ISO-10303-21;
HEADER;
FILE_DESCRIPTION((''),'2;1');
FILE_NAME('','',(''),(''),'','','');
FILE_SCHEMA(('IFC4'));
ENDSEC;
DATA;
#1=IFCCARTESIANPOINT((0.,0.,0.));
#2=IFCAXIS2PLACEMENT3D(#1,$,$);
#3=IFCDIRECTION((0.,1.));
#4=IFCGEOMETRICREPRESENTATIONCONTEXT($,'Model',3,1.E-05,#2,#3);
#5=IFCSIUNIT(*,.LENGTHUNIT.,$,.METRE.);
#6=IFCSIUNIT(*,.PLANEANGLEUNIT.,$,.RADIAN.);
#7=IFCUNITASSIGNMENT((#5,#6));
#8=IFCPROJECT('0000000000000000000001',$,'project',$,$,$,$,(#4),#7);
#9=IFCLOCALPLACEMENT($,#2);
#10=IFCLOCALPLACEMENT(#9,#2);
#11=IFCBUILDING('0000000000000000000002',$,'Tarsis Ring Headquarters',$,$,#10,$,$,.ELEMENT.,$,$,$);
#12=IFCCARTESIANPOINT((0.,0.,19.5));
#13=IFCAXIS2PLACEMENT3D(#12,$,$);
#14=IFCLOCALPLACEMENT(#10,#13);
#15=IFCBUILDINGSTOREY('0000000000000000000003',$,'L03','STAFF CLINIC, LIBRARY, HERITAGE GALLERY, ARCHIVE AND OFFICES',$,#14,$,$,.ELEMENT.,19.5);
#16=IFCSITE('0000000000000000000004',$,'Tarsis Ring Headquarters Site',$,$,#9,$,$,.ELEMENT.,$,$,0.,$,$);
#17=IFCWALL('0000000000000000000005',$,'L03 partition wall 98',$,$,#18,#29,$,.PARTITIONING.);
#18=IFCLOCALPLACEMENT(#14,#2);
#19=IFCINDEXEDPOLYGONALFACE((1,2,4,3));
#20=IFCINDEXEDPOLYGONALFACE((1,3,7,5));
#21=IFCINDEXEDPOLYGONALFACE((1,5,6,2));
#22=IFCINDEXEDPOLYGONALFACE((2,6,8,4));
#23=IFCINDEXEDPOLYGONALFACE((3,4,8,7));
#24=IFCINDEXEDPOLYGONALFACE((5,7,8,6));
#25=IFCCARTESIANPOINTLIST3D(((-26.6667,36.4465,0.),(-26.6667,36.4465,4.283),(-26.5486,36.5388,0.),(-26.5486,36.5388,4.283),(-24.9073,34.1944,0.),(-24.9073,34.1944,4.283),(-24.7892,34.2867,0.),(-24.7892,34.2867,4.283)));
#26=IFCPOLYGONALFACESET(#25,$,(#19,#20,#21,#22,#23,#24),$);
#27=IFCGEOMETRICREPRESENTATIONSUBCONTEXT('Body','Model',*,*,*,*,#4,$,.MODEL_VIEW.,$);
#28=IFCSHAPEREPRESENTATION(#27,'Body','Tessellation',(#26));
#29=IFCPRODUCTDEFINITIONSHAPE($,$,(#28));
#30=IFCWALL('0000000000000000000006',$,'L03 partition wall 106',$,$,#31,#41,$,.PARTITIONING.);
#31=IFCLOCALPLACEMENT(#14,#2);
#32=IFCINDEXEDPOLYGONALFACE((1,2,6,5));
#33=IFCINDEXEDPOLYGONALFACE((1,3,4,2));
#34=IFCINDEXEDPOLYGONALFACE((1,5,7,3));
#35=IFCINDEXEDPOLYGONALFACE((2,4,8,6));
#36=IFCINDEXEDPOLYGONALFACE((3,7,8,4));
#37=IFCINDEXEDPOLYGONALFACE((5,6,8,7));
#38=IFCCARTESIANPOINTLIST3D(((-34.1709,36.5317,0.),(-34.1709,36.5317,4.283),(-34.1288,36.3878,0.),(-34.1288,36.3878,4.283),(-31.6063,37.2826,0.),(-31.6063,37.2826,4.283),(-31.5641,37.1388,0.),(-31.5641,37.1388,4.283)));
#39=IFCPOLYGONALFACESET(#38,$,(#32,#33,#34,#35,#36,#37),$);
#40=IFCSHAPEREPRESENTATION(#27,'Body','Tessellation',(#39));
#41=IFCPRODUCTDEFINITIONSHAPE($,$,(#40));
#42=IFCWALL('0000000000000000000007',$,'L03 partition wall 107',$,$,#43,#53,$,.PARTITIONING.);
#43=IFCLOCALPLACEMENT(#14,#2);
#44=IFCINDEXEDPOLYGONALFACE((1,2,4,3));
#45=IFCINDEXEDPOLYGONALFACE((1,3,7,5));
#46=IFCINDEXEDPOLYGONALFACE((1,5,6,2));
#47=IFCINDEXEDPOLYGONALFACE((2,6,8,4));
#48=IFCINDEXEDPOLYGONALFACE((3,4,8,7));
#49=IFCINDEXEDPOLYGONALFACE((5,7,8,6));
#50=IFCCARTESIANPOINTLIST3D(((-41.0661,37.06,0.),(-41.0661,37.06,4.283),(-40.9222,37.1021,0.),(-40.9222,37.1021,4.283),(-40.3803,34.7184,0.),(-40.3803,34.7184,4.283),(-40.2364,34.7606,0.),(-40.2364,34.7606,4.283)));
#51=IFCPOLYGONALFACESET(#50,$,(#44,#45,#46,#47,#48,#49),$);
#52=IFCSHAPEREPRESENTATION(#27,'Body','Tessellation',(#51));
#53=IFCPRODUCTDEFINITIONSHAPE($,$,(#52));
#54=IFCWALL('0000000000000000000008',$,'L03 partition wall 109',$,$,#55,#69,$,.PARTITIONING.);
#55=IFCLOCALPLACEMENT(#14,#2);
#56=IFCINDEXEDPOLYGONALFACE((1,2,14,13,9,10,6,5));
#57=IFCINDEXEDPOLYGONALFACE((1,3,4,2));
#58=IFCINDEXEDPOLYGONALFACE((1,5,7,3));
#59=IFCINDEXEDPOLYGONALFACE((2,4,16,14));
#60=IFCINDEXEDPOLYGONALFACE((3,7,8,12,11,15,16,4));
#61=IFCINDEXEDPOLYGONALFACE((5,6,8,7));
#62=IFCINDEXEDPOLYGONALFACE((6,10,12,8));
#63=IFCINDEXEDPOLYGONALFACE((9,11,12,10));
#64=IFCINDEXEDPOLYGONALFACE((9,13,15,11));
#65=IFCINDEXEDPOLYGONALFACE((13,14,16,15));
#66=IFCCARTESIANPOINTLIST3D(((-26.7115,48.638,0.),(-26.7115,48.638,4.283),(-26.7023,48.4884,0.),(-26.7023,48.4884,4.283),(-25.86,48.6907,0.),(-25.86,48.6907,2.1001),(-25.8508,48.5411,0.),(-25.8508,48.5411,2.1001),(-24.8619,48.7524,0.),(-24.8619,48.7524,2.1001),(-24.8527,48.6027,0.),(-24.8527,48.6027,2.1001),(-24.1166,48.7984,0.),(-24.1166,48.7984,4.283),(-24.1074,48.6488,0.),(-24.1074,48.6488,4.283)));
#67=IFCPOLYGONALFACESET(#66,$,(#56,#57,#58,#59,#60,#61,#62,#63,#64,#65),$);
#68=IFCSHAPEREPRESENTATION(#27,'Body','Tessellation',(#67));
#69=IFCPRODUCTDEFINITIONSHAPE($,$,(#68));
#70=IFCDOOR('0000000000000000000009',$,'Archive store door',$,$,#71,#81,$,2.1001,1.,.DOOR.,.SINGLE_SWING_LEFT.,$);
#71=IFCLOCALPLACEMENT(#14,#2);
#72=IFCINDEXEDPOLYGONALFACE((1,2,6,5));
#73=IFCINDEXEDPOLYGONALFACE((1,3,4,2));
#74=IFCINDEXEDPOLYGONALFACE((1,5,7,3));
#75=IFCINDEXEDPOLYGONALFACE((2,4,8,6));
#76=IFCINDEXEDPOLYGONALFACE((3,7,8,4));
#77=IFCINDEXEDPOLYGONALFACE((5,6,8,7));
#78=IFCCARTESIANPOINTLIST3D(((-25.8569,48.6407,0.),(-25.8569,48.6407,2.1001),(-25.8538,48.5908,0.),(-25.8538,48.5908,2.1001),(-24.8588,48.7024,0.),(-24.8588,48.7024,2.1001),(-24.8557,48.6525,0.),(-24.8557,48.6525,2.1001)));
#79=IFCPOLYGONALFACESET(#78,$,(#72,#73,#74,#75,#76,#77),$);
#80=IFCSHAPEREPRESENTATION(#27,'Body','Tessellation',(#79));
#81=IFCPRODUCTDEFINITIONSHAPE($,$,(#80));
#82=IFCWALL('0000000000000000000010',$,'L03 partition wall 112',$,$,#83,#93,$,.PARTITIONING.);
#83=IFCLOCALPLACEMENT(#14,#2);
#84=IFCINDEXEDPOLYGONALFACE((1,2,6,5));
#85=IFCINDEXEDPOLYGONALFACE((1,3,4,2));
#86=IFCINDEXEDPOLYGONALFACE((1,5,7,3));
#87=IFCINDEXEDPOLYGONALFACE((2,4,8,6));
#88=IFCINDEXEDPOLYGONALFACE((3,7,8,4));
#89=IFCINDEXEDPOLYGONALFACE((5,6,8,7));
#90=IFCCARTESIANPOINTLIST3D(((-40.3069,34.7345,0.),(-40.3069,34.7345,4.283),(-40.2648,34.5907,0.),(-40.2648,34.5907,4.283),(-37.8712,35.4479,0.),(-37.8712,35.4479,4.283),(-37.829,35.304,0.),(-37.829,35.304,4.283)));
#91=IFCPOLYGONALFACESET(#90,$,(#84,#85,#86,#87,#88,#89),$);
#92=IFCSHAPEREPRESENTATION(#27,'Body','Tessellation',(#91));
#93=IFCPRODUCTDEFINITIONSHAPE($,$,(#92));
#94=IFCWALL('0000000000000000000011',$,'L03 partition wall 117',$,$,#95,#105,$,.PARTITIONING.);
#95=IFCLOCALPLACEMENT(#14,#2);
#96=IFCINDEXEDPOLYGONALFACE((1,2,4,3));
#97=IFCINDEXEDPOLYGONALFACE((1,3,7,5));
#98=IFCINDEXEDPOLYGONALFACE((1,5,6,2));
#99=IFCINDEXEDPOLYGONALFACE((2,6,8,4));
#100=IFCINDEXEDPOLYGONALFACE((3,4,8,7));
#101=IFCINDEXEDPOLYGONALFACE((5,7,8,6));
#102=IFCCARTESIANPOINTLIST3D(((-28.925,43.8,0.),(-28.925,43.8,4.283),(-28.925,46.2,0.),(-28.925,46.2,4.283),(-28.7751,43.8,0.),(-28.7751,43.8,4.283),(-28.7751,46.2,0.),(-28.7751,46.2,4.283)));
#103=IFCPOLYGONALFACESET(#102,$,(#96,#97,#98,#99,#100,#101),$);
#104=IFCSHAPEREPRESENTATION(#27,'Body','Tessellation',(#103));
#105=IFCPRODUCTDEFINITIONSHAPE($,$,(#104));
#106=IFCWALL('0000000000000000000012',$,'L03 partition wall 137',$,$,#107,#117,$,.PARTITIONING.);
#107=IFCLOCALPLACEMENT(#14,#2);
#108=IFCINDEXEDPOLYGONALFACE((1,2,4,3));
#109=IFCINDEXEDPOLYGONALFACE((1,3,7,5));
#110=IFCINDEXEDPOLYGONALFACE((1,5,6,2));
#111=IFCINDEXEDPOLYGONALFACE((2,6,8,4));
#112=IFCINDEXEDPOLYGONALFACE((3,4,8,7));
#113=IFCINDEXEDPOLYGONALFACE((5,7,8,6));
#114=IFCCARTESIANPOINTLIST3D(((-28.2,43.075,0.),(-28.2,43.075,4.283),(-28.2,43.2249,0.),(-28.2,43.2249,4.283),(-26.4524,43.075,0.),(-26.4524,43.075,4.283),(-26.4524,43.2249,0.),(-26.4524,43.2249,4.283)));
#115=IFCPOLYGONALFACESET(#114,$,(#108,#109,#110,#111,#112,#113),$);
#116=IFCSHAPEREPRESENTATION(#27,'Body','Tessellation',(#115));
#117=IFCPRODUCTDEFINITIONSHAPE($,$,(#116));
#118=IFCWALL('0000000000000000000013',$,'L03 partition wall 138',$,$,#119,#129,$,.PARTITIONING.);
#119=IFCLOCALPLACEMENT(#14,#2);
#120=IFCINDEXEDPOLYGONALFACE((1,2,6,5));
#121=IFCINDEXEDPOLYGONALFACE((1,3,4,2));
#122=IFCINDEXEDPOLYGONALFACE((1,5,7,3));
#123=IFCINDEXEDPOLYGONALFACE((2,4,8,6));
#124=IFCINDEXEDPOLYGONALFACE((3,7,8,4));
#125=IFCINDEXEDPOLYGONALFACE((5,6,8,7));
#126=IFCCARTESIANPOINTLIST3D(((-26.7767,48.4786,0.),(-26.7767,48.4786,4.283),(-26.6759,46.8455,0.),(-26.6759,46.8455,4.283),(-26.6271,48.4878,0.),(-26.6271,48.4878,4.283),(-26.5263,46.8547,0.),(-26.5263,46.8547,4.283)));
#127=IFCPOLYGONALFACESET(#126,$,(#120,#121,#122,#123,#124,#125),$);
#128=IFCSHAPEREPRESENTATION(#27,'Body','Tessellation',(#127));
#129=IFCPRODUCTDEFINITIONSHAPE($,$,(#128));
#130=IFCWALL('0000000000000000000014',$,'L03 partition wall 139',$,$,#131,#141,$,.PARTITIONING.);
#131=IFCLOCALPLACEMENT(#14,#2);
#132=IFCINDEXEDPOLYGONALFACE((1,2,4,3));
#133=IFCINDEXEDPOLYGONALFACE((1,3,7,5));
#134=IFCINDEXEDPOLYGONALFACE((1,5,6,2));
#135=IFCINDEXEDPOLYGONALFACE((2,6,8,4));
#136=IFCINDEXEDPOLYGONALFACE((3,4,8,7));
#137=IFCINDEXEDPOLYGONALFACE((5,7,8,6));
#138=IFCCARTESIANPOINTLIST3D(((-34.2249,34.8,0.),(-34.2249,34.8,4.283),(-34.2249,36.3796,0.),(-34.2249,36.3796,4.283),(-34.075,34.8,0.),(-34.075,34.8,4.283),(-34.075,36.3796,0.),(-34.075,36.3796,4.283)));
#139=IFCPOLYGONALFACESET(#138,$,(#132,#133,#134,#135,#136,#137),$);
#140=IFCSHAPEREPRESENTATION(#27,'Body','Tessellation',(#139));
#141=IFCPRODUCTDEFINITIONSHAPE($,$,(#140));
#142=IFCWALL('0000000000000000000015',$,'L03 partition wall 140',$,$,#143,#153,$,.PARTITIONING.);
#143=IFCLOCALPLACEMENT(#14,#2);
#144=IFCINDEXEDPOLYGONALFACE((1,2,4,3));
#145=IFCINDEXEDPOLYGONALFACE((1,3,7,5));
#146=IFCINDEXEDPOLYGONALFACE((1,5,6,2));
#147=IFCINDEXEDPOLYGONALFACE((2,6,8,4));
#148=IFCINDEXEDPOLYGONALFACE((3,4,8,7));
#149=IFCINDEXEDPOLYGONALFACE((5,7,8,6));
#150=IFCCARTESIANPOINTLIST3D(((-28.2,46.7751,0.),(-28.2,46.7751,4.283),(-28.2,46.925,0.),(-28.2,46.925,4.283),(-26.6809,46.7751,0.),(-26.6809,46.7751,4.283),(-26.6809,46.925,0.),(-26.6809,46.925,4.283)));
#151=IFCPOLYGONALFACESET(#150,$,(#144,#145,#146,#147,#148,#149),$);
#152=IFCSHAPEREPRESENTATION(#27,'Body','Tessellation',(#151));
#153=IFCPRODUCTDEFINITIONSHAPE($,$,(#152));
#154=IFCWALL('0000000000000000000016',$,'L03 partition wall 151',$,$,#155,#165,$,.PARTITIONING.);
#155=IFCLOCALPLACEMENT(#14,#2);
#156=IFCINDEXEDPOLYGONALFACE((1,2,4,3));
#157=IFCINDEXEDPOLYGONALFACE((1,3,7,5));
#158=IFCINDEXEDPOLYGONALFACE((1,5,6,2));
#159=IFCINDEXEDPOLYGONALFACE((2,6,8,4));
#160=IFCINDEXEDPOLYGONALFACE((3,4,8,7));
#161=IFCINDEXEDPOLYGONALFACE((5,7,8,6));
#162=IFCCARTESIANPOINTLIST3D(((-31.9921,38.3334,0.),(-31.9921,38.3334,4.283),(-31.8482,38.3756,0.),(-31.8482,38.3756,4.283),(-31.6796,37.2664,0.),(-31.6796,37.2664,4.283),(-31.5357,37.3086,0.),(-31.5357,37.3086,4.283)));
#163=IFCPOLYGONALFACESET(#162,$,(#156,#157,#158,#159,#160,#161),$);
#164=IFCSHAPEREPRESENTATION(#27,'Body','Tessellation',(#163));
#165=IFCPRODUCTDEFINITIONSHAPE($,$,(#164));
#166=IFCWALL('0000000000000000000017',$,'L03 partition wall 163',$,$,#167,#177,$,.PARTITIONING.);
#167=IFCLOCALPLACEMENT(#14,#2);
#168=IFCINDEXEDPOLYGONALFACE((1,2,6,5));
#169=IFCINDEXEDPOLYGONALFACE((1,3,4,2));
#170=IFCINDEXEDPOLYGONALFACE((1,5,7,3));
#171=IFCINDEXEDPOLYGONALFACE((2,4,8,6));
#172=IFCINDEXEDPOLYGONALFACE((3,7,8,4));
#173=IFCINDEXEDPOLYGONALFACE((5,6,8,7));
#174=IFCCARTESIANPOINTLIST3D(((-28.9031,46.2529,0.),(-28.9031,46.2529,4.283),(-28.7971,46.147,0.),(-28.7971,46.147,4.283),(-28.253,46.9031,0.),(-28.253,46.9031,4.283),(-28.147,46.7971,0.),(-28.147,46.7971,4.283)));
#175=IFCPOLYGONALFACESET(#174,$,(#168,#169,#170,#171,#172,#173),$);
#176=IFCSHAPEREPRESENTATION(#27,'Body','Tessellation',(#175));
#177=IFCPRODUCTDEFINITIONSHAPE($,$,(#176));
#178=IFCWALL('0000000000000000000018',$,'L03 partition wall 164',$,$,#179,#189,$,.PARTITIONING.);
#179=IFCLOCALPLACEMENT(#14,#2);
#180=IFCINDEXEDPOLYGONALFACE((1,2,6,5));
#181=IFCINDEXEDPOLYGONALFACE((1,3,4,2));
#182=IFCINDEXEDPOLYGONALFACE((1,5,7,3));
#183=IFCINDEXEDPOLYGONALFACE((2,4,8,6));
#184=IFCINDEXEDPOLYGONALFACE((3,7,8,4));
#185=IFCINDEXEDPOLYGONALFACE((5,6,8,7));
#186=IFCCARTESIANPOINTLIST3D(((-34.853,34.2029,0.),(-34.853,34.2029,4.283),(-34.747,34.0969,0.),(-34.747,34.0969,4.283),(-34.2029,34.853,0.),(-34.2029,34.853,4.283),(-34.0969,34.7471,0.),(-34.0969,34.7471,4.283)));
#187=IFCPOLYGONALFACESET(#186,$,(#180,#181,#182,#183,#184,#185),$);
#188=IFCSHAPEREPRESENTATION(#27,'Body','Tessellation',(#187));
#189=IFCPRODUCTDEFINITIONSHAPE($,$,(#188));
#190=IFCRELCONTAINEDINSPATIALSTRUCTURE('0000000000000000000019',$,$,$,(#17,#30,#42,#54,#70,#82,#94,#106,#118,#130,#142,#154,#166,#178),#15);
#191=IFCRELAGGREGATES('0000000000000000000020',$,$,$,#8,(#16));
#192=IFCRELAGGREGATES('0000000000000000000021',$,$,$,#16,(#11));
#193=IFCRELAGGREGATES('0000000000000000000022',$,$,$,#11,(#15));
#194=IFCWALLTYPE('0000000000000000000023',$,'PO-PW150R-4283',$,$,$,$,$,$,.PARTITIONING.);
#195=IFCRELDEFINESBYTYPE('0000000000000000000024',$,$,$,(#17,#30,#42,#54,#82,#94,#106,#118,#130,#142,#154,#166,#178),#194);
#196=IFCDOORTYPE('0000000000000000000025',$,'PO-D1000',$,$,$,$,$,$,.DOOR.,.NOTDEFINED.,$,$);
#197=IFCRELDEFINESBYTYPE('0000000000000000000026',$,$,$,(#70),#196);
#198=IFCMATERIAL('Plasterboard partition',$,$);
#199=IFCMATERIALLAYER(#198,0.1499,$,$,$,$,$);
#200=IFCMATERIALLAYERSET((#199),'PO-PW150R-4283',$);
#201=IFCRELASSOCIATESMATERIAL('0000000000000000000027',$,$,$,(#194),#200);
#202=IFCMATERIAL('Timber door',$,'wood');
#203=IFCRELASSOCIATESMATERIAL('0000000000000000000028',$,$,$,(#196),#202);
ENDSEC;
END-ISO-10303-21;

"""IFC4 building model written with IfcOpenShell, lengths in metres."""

from ifc_helpers import new_model, si_unit, direction, frame, frame_2d, origin, place, context, subcontext, project, spatial, rectangle, extrude, material, layer, layer_set, type_object, element, fill, save


model = new_model("IFC4")

# Units and contexts
model_context = context("Model", 3, precision=1e-05, world=origin(), true_north=direction((0.0, 1.0)))
body_context = subcontext(model_context, "Body", "Model", "MODEL_VIEW")
ifc_project = project(units=[si_unit("LENGTHUNIT", "METRE"), si_unit("PLANEANGLEUNIT", "RADIAN")], contexts=[model_context])

# Site, building, storey
site_placement = place(None, origin())
site = spatial("IfcSite", under=ifc_project, at=site_placement, Name="Tarsis Ring Headquarters Site", CompositionType="ELEMENT", RefElevation=0.0)
building_placement = place(site_placement, origin())
building = spatial("IfcBuilding", under=site, at=building_placement, Name="Tarsis Ring Headquarters", CompositionType="ELEMENT")
storey_placement = place(building_placement, frame((0.0, 0.0, 19.5)))
storey = spatial("IfcBuildingStorey", under=building, at=storey_placement, Name="L03", Description="STAFF CLINIC, LIBRARY, HERITAGE GALLERY, ARCHIVE AND OFFICES", CompositionType="ELEMENT", Elevation=19.5)

# Shared definitions
ifc_material_1 = material(Name="Plasterboard partition")
ifc_material_2 = material(Name="Timber door", Category="wood")

# Shared definitions
ifc_layer_1 = layer(ifc_material_1, 0.1499)
ifc_layer_set_1 = layer_set([ifc_layer_1], Name="PO-PW150R-4283")
wall_type_1 = type_object("IfcWallType", Name="PO-PW150R-4283", PredefinedType="PARTITIONING", material=ifc_layer_set_1)

# Walls
wall_1_placement = place(storey_placement, frame((-26.6077, 36.4927, 0.0), z_axis=(0.0, 0.0, 1.0), x_axis=(0.615642, -0.788026, 0.0)))
element("IfcWall", 1, at=wall_1_placement, inside=storey, type_object=wall_type_1, Name="L03 partition wall 98", PredefinedType="PARTITIONING", context=body_context, shape_type="SweptSolid", body=[
    extrude(rectangle(XDim=2.8579, YDim=0.1499, at=frame_2d((1.429, 0.0))), origin(), (0.0, 0.0, 1.0), 4.283),
])
wall_2_placement = place(storey_placement, frame((-31.5852, 37.2107, 0.0), z_axis=(0.0, 0.0, 1.0), x_axis=(-0.959704, -0.281014, 0.0)))
element("IfcWall", 2, at=wall_2_placement, inside=storey, type_object=wall_type_1, Name="L03 partition wall 106", PredefinedType="PARTITIONING", context=body_context, shape_type="SweptSolid", body=[
    extrude(rectangle(XDim=2.6724, YDim=0.1499, at=frame_2d((1.3362, 0.0))), origin(), (0.0, 0.0, 1.0), 4.283),
])
wall_3_placement = place(storey_placement, frame((-40.3083, 34.7395, 0.0), z_axis=(0.0, 0.0, 1.0), x_axis=(-0.281072, 0.959687, 0.0)))
element("IfcWall", 3, at=wall_3_placement, inside=storey, type_object=wall_type_1, Name="L03 partition wall 107", PredefinedType="PARTITIONING", context=body_context, shape_type="SweptSolid", body=[
    extrude(rectangle(XDim=2.4399, YDim=0.1499, at=frame_2d((1.22, 0.0))), origin(), (0.0, 0.0, 1.0), 4.283),
])

# Wall, opening, door
wall_4_placement = place(storey_placement, frame((-26.7068, 48.5632, 0.0), z_axis=(0.0, 0.0, 1.0), x_axis=(0.998095, 0.061694, 0.0)))
wall_4 = element("IfcWall", 4, at=wall_4_placement, inside=storey, type_object=wall_type_1, Name="L03 partition wall 109", PredefinedType="PARTITIONING", context=body_context, shape_type="SweptSolid", body=[
    extrude(rectangle(XDim=2.5999, YDim=0.1499, at=frame_2d((1.2998, 0.0))), origin(), (0.0, 0.0, 1.0), 4.283),
])
opening_1_placement = place(wall_4_placement, frame((0.853, 0.0, 0.0)))
opening_1 = element("IfcOpeningElement", 5, at=opening_1_placement, cuts=wall_4, PredefinedType="OPENING", context=body_context, shape_type="SweptSolid", body=[
    extrude(rectangle(XDim=1.0, YDim=2.1001, at=frame_2d((0.5, 1.05))), frame((0.0, 0.085, 0.0), z_axis=(0.0, -1.0, 0.0), x_axis=(1.0, 0.0, 0.0)), (0.0, 0.0, 1.0), 0.1699),
])
door_type_1 = type_object("IfcDoorType", Name="PO-D1000", OperationType="NOTDEFINED", PredefinedType="DOOR", material=ifc_material_2)
door_1_placement = place(opening_1_placement, origin())
door_1 = element("IfcDoor", 6, at=door_1_placement, inside=storey, type_object=door_type_1, Name="Archive store door", OperationType="SINGLE_SWING_LEFT", OverallHeight=2.1001, OverallWidth=1.0, PredefinedType="DOOR", context=body_context, shape_type="SweptSolid", body=[
    extrude(rectangle(XDim=1.0, YDim=2.1001, at=frame_2d((0.5, 1.05))), frame((0.0, 0.0249, 0.0), z_axis=(0.0, -1.0, 0.0), x_axis=(1.0, 0.0, 0.0)), (0.0, 0.0, 1.0), 0.05),
])
fill(opening_1, door_1)

# Walls
wall_5_placement = place(storey_placement, frame((-37.8501, 35.376, 0.0), z_axis=(0.0, 0.0, 1.0), x_axis=(-0.959688, -0.281067, 0.0)))
element("IfcWall", 7, at=wall_5_placement, inside=storey, type_object=wall_type_1, Name="L03 partition wall 112", PredefinedType="PARTITIONING", context=body_context, shape_type="SweptSolid", body=[
    extrude(rectangle(XDim=2.5381, YDim=0.1499, at=frame_2d((1.269, 0.0))), origin(), (0.0, 0.0, 1.0), 4.283),
])
wall_6_placement = place(storey_placement, frame((-28.8501, 43.8, 0.0), z_axis=(0.0, 0.0, 1.0), x_axis=(0.0, 1.0, 0.0)))
element("IfcWall", 8, at=wall_6_placement, inside=storey, type_object=wall_type_1, Name="L03 partition wall 117", PredefinedType="PARTITIONING", context=body_context, shape_type="SweptSolid", body=[
    extrude(rectangle(XDim=2.3999, YDim=0.1499, at=frame_2d((1.2, 0.0))), origin(), (0.0, 0.0, 1.0), 4.283),
])
wall_7_placement = place(storey_placement, frame((-26.4524, 43.1499, 0.0), z_axis=(0.0, 0.0, 1.0), x_axis=(-1.0, 0.0, 0.0)))
element("IfcWall", 9, at=wall_7_placement, inside=storey, type_object=wall_type_1, Name="L03 partition wall 137", PredefinedType="PARTITIONING", context=body_context, shape_type="SweptSolid", body=[
    extrude(rectangle(XDim=1.7476, YDim=0.1499, at=frame_2d((0.8738, 0.0))), origin(), (0.0, 0.0, 1.0), 4.283),
])
wall_8_placement = place(storey_placement, frame((-26.6011, 46.8501, 0.0), z_axis=(0.0, 0.0, 1.0), x_axis=(-0.061626, 0.998099, 0.0)))
element("IfcWall", 10, at=wall_8_placement, inside=storey, type_object=wall_type_1, Name="L03 partition wall 138", PredefinedType="PARTITIONING", context=body_context, shape_type="SweptSolid", body=[
    extrude(rectangle(XDim=1.6362, YDim=0.1499, at=frame_2d((0.8181, 0.0))), origin(), (0.0, 0.0, 1.0), 4.283),
])
wall_9_placement = place(storey_placement, frame((-34.1499, 36.3796, 0.0), z_axis=(0.0, 0.0, 1.0), x_axis=(0.0, -1.0, 0.0)))
element("IfcWall", 11, at=wall_9_placement, inside=storey, type_object=wall_type_1, Name="L03 partition wall 139", PredefinedType="PARTITIONING", context=body_context, shape_type="SweptSolid", body=[
    extrude(rectangle(XDim=1.5796, YDim=0.1499, at=frame_2d((0.7898, 0.0))), origin(), (0.0, 0.0, 1.0), 4.283),
])
wall_10_placement = place(storey_placement, frame((-28.2, 46.8501, 0.0), z_axis=(0.0, 0.0, 1.0), x_axis=(1.0, 0.0, 0.0)))
element("IfcWall", 12, at=wall_10_placement, inside=storey, type_object=wall_type_1, Name="L03 partition wall 140", PredefinedType="PARTITIONING", context=body_context, shape_type="SweptSolid", body=[
    extrude(rectangle(XDim=1.519, YDim=0.1499, at=frame_2d((0.7595, 0.0))), origin(), (0.0, 0.0, 1.0), 4.283),
])
wall_11_placement = place(storey_placement, frame((-31.9202, 38.3545, 0.0), z_axis=(0.0, 0.0, 1.0), x_axis=(0.281096, -0.95968, 0.0)))
element("IfcWall", 13, at=wall_11_placement, inside=storey, type_object=wall_type_1, Name="L03 partition wall 151", PredefinedType="PARTITIONING", context=body_context, shape_type="SweptSolid", body=[
    extrude(rectangle(XDim=1.1118, YDim=0.1499, at=frame_2d((0.5559, 0.0))), origin(), (0.0, 0.0, 1.0), 4.283),
])
for number, where, z_axis, x_axis, name in (
    (14, (-28.8501, 46.2, 0.0), (0.0, 0.0, 1.0), (0.707107, 0.707107, 0.0), "L03 partition wall 163"),
    (15, (-34.1499, 34.8, 0.0), (0.0, 0.0, 1.0), (-0.707107, -0.707107, 0.0), "L03 partition wall 164"),
):
    element("IfcWall", number, at=place(storey_placement, frame(where, z_axis=z_axis, x_axis=x_axis)), inside=storey, type_object=wall_type_1, Name=name, PredefinedType="PARTITIONING", context=body_context, shape_type="SweptSolid", body=[
        extrude(rectangle(XDim=0.9194, YDim=0.1499, at=frame_2d((0.4597, 0.0))), origin(), (0.0, 0.0, 1.0), 4.283),
    ])

save(model, "model.ifc")
